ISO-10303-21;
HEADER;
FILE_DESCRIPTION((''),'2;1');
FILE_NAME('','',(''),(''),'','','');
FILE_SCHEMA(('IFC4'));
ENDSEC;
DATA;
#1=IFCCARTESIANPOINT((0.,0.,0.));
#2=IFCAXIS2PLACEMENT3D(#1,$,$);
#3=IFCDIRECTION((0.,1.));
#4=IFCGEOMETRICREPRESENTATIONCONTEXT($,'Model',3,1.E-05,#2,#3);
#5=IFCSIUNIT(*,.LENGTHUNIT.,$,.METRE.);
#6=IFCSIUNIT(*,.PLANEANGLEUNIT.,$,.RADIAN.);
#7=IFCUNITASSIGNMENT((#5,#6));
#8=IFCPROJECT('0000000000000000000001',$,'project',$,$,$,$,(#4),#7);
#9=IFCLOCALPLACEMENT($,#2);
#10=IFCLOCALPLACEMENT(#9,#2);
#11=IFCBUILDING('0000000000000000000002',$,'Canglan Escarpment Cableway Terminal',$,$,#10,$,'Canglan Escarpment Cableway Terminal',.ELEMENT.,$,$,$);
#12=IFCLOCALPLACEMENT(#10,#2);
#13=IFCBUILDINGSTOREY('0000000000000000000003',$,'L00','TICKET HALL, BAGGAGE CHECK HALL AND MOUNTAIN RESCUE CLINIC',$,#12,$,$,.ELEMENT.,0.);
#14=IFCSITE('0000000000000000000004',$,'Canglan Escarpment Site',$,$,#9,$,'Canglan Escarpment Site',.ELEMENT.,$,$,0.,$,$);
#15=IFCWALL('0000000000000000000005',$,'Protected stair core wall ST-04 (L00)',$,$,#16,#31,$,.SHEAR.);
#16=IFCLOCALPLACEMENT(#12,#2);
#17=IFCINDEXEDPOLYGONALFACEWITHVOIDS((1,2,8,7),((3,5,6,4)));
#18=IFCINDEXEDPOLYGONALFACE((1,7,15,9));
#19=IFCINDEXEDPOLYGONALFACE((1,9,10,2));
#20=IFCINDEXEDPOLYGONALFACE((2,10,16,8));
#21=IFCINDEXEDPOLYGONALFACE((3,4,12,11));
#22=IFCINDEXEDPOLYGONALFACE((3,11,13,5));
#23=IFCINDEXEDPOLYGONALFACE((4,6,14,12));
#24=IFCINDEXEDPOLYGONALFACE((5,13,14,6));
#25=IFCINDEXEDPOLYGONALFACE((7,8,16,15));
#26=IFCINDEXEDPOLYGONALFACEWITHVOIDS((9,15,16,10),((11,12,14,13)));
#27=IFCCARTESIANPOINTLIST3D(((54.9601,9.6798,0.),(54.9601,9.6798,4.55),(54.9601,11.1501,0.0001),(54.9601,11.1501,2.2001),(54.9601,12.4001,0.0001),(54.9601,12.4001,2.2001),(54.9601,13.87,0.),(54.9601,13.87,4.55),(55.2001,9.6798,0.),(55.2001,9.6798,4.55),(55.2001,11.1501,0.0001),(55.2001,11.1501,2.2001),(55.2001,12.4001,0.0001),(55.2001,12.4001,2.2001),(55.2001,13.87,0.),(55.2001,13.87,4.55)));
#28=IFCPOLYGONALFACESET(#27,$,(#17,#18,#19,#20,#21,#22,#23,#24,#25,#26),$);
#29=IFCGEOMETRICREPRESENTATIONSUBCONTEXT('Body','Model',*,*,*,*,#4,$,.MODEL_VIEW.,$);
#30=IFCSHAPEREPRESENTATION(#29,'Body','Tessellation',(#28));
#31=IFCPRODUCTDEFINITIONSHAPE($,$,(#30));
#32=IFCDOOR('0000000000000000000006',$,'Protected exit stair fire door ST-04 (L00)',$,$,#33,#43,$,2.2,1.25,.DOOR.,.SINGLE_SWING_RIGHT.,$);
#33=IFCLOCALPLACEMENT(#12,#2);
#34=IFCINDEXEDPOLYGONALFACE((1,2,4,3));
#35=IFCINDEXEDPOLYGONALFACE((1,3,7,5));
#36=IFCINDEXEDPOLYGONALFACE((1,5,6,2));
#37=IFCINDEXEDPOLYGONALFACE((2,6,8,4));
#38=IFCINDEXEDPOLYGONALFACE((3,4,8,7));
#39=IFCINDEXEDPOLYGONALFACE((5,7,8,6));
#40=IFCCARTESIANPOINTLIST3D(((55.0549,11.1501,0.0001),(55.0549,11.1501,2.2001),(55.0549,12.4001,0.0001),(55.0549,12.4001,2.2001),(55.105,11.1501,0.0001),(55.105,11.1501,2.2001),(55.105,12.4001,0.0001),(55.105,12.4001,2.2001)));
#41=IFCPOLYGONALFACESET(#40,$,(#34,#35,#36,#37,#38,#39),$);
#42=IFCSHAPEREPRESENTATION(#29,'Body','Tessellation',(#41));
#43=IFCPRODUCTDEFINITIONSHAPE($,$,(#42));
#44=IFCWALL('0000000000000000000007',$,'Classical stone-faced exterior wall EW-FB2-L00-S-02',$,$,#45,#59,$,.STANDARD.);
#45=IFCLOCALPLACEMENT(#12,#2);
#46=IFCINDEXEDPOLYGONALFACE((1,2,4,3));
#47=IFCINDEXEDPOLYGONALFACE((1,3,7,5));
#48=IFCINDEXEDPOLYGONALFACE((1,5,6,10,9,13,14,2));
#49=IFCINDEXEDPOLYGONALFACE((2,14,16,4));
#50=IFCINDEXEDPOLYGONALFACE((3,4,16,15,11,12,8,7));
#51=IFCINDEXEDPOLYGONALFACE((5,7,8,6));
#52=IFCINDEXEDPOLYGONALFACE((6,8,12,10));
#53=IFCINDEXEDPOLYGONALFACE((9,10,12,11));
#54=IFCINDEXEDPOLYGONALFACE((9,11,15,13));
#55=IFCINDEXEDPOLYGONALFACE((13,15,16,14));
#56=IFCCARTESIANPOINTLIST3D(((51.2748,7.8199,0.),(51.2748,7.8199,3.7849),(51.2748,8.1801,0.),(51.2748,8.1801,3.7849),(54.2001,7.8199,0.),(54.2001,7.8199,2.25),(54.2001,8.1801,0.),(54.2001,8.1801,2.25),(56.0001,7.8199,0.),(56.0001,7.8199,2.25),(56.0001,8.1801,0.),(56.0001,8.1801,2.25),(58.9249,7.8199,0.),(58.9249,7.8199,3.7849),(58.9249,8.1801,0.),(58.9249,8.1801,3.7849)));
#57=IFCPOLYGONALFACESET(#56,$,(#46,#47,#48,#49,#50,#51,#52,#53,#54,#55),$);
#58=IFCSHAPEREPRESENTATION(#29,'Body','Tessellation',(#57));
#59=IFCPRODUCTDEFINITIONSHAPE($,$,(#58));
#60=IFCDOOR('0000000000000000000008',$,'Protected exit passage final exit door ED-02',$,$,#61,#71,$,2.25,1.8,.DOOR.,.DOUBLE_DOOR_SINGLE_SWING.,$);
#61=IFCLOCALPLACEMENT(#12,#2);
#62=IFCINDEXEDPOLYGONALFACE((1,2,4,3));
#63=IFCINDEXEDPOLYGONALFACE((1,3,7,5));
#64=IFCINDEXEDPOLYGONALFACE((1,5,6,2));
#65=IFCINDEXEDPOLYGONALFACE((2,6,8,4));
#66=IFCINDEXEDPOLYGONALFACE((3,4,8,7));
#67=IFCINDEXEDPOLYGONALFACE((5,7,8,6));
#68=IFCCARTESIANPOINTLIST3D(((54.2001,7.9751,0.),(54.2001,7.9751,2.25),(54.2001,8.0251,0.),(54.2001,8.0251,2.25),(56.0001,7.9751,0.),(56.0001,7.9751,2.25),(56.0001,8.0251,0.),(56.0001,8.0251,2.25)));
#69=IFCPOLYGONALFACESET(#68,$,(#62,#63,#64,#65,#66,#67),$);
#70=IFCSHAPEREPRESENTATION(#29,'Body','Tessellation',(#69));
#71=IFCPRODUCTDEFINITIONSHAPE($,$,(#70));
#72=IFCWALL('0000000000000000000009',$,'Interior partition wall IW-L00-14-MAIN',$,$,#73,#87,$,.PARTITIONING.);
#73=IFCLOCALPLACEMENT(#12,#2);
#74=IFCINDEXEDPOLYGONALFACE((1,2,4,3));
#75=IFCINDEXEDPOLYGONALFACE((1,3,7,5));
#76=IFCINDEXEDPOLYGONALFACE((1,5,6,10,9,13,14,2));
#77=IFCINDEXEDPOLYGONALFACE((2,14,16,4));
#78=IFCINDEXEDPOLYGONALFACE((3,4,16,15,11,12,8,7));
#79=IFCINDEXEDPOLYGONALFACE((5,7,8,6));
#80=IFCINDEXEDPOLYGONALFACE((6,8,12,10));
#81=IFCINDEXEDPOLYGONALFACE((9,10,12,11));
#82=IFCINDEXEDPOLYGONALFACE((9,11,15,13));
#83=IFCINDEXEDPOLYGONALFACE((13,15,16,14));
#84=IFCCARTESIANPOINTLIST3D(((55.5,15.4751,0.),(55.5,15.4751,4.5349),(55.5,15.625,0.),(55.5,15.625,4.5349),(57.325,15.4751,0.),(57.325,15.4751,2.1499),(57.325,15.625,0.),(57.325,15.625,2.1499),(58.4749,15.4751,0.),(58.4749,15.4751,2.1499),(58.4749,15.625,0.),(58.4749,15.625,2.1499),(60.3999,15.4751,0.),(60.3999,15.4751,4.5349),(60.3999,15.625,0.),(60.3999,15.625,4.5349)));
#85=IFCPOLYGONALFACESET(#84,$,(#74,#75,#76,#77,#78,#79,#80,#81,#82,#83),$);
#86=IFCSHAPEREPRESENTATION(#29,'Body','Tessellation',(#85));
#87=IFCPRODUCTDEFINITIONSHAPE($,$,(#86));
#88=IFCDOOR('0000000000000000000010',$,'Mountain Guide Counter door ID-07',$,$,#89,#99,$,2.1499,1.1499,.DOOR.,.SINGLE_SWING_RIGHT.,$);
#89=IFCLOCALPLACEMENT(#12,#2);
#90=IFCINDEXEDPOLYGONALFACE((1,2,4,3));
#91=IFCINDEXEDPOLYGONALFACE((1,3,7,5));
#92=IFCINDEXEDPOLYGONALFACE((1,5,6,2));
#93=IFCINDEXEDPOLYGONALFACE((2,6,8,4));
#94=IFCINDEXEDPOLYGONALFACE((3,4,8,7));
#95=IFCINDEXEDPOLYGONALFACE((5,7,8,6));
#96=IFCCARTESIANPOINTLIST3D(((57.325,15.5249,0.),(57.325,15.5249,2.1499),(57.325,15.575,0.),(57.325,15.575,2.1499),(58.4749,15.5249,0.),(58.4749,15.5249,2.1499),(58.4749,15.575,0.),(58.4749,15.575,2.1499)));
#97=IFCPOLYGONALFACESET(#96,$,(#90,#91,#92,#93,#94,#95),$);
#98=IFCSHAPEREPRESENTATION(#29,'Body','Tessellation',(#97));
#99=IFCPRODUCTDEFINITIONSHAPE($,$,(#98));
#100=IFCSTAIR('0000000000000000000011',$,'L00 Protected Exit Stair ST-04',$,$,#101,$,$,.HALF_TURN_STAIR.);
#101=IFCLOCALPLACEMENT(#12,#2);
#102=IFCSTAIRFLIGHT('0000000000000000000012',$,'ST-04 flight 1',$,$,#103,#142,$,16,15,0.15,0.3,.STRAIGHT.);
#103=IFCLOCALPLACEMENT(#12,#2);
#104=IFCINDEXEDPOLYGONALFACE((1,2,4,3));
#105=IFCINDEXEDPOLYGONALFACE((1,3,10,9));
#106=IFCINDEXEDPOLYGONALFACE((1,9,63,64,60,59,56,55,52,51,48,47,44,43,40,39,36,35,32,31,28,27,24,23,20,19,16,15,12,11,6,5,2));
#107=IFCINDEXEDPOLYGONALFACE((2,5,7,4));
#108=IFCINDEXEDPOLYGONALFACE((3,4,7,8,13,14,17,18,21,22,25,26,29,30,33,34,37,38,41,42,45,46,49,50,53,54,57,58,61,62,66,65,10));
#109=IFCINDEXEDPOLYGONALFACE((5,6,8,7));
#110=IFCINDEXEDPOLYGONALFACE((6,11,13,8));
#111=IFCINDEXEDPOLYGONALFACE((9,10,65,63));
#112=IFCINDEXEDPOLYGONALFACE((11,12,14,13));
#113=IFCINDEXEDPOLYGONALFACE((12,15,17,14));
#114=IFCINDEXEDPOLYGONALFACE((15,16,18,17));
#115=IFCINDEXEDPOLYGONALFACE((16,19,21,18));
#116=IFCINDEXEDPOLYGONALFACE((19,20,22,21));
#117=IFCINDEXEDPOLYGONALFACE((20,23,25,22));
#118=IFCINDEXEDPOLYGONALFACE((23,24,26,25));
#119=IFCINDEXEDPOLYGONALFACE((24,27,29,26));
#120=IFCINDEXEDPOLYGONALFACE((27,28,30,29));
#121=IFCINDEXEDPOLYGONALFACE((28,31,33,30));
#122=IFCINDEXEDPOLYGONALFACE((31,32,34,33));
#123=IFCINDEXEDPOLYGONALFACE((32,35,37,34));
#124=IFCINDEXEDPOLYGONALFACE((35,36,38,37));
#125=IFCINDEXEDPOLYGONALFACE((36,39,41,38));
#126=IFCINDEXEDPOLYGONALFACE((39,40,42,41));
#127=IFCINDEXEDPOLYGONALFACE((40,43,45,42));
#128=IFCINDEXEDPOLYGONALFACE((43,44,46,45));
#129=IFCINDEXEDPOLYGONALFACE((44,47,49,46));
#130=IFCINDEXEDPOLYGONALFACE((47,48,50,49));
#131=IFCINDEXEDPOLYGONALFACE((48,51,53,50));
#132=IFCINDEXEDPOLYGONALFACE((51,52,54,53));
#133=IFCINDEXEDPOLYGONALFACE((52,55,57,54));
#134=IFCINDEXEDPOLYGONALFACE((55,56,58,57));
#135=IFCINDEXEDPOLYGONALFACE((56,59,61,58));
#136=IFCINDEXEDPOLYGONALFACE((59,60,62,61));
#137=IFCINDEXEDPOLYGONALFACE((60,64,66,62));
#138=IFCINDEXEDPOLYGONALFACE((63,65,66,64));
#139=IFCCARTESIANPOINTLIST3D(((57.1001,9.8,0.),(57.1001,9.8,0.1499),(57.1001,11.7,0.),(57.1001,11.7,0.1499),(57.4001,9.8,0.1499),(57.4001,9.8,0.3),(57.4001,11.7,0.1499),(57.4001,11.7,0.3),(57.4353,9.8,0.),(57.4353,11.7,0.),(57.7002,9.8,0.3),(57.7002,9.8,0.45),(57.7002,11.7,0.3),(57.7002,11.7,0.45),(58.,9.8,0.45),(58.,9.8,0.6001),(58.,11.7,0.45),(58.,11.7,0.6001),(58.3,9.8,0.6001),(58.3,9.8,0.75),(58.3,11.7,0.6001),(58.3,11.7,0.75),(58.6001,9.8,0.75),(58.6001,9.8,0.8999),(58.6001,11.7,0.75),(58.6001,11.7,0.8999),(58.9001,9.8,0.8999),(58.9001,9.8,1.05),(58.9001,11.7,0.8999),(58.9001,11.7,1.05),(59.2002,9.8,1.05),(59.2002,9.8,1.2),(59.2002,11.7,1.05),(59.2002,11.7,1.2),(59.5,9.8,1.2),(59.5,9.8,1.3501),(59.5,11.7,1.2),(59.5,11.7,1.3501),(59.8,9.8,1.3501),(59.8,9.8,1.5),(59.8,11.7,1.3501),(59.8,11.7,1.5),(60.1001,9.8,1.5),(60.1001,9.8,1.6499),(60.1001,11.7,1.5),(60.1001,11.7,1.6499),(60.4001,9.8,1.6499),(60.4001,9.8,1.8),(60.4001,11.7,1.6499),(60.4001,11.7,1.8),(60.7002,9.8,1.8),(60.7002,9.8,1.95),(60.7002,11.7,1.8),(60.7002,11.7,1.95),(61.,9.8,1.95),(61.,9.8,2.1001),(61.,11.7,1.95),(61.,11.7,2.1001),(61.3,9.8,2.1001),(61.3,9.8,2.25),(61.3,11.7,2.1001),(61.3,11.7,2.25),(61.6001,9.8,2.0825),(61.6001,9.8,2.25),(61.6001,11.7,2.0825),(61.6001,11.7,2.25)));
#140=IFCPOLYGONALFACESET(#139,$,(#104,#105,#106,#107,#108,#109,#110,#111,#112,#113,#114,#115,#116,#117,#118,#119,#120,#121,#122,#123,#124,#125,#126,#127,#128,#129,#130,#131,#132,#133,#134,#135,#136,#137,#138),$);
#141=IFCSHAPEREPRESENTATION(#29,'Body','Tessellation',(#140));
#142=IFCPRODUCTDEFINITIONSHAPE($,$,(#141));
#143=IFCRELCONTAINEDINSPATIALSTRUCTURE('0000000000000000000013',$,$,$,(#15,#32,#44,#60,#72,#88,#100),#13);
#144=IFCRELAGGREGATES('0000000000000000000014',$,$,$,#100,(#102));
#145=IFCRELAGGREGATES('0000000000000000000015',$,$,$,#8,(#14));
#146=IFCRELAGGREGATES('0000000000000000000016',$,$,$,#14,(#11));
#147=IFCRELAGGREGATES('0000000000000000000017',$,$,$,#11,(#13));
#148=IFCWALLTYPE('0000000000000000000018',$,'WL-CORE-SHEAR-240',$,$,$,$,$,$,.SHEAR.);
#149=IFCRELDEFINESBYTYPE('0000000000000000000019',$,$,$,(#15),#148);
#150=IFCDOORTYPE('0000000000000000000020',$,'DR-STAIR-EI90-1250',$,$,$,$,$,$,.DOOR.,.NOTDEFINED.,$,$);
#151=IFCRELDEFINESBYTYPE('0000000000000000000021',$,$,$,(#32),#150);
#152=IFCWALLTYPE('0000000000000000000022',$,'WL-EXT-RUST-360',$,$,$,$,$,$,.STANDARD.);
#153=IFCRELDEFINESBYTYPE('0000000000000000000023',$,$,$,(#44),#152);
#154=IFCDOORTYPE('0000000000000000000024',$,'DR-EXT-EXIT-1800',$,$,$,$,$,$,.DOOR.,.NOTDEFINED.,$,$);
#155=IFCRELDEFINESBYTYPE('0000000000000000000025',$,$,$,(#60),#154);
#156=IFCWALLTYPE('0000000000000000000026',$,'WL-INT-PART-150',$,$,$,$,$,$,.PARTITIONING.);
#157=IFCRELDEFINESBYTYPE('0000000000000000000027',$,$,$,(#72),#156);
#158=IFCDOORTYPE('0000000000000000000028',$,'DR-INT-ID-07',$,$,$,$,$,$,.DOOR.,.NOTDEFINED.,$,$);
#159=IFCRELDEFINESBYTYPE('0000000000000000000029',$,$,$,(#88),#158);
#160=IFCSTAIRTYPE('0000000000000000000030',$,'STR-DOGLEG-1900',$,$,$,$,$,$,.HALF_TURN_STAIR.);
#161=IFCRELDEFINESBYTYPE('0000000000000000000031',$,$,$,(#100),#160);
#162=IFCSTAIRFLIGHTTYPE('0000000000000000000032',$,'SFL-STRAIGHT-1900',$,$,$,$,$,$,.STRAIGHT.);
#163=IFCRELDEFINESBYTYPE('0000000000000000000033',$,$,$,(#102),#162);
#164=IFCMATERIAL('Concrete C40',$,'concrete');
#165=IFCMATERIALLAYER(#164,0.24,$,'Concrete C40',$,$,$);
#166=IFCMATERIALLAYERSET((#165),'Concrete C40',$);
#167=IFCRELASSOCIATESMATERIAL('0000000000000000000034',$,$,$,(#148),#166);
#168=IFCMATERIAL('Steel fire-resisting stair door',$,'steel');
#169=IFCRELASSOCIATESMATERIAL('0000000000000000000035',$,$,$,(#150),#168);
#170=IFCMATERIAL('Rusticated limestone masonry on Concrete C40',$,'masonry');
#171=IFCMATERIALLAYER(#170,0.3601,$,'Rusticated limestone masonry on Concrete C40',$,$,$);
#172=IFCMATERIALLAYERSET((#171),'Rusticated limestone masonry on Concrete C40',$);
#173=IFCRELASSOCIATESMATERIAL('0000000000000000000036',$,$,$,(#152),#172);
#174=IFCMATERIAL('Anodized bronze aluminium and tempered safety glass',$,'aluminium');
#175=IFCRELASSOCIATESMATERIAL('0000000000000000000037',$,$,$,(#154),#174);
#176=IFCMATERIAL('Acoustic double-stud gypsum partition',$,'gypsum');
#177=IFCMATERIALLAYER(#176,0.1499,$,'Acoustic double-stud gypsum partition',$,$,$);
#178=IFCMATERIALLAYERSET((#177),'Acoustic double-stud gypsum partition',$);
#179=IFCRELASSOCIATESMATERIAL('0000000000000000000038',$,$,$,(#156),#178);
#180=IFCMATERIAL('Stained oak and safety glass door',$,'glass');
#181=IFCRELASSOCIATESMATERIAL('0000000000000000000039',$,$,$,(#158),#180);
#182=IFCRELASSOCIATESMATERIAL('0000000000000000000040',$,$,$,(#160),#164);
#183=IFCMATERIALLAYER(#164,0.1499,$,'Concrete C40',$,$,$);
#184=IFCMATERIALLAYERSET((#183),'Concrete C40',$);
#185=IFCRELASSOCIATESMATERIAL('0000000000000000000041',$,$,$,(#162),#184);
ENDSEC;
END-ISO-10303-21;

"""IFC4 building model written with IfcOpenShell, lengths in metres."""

from ifc_helpers import new_model, si_unit, direction, frame, frame_2d, origin, place, context, subcontext, project, spatial, polyline, rectangle, outline, extrude, material, layer, layer_set, type_object, element, fill, aggregate, save


model = new_model("IFC4")

# Units and contexts
model_context = context("Model", 3, precision=1e-05, world=origin(), true_north=direction((0.0, 1.0)))
body_context = subcontext(model_context, "Body", "Model", "MODEL_VIEW")
ifc_project = project(units=[si_unit("LENGTHUNIT", "METRE"), si_unit("PLANEANGLEUNIT", "RADIAN")], contexts=[model_context])

# Site, building, storey
site_placement = place(None, origin())
site = spatial("IfcSite", under=ifc_project, at=site_placement, Name="Canglan Escarpment Site", LongName="Canglan Escarpment Site", CompositionType="ELEMENT", RefElevation=0.0)
building_placement = place(site_placement, origin())
building = spatial("IfcBuilding", under=site, at=building_placement, Name="Canglan Escarpment Cableway Terminal", LongName="Canglan Escarpment Cableway Terminal", CompositionType="ELEMENT")
storey_placement = place(building_placement, origin())
storey = spatial("IfcBuildingStorey", under=building, at=storey_placement, Name="L00", Description="TICKET HALL, BAGGAGE CHECK HALL AND MOUNTAIN RESCUE CLINIC", CompositionType="ELEMENT", Elevation=0.0)

# Shared definitions
ifc_material_1 = material(Name="Concrete C40", Category="concrete")

# Shared definitions
ifc_layer_1 = layer(ifc_material_1, 0.24, Name="Concrete C40")
ifc_layer_set_1 = layer_set([ifc_layer_1], Name="Concrete C40")
wall_type_1 = type_object("IfcWallType", Name="WL-CORE-SHEAR-240", PredefinedType="SHEAR", material=ifc_layer_set_1)

# Walls, openings, doors
wall_1_placement = place(storey_placement, frame((55.0801, 13.8701, 0.0), z_axis=(0.0, 0.0, 1.0), x_axis=(0.0, -1.0, 0.0)))
wall_1 = element("IfcWall", 1, at=wall_1_placement, inside=storey, type_object=wall_type_1, Name="Protected stair core wall ST-04 (L00)", PredefinedType="SHEAR", context=body_context, shape_type="SweptSolid", body=[
    extrude(rectangle(XDim=4.1902, YDim=0.24, at=frame_2d((2.0952, 0.0))), origin(), (0.0, 0.0, 1.0), 4.55),
])
opening_1_placement = place(wall_1_placement, frame((1.47, 0.0, 0.0)))
opening_1 = element("IfcOpeningElement", 2, at=opening_1_placement, cuts=wall_1, PredefinedType="OPENING", context=body_context, shape_type="SweptSolid", body=[
    extrude(rectangle(XDim=1.25, YDim=2.2, at=frame_2d((0.625, 1.1001))), frame((0.0, 0.1299, 0.0), z_axis=(0.0, -1.0, 0.0), x_axis=(1.0, 0.0, 0.0)), (0.0, 0.0, 1.0), 0.26),
])
ifc_material_2 = material(Name="Steel fire-resisting stair door", Category="steel")
door_type_1 = type_object("IfcDoorType", Name="DR-STAIR-EI90-1250", OperationType="NOTDEFINED", PredefinedType="DOOR", material=ifc_material_2)
door_1_placement = place(opening_1_placement, origin())
door_1 = element("IfcDoor", 3, at=door_1_placement, inside=storey, type_object=door_type_1, Name="Protected exit stair fire door ST-04 (L00)", OperationType="SINGLE_SWING_RIGHT", OverallHeight=2.2, OverallWidth=1.25, PredefinedType="DOOR", context=body_context, shape_type="SweptSolid", body=[
    extrude(rectangle(XDim=1.25, YDim=2.2, at=frame_2d((0.625, 1.1001))), frame((0.0, 0.0249, 0.0), z_axis=(0.0, -1.0, 0.0), x_axis=(1.0, 0.0, 0.0)), (0.0, 0.0, 1.0), 0.05),
])
fill(opening_1, door_1)
ifc_material_3 = material(Name="Rusticated limestone masonry on Concrete C40", Category="masonry")
ifc_layer_2 = layer(ifc_material_3, 0.3601, Name="Rusticated limestone masonry on Concrete C40")
ifc_layer_set_2 = layer_set([ifc_layer_2], Name="Rusticated limestone masonry on Concrete C40")
wall_type_2 = type_object("IfcWallType", Name="WL-EXT-RUST-360", PredefinedType="STANDARD", material=ifc_layer_set_2)
wall_2_placement = place(storey_placement, frame((58.925, 8.0, 0.0), z_axis=(0.0, 0.0, 1.0), x_axis=(-1.0, 0.0, 0.0)))
wall_2 = element("IfcWall", 4, at=wall_2_placement, inside=storey, type_object=wall_type_2, Name="Classical stone-faced exterior wall EW-FB2-L00-S-02", PredefinedType="STANDARD", context=body_context, shape_type="SweptSolid", body=[
    extrude(rectangle(XDim=7.6501, YDim=0.3601, at=frame_2d((3.8252, 0.0))), origin(), (0.0, 0.0, 1.0), 3.7849),
])
opening_2_placement = place(wall_2_placement, frame((2.925, 0.0, 0.0)))
opening_2 = element("IfcOpeningElement", 5, at=opening_2_placement, cuts=wall_2, PredefinedType="OPENING", context=body_context, shape_type="SweptSolid", body=[
    extrude(rectangle(XDim=1.8, YDim=2.25, at=frame_2d((0.8999, 1.125))), frame((0.0, 0.1899, 0.0), z_axis=(0.0, -1.0, 0.0), x_axis=(1.0, 0.0, 0.0)), (0.0, 0.0, 1.0), 0.3801),
])
ifc_material_4 = material(Name="Anodized bronze aluminium and tempered safety glass", Category="aluminium")
door_type_2 = type_object("IfcDoorType", Name="DR-EXT-EXIT-1800", OperationType="NOTDEFINED", PredefinedType="DOOR", material=ifc_material_4)
door_2_placement = place(opening_2_placement, origin())
door_2 = element("IfcDoor", 6, at=door_2_placement, inside=storey, type_object=door_type_2, Name="Protected exit passage final exit door ED-02", OperationType="DOUBLE_DOOR_SINGLE_SWING", OverallHeight=2.25, OverallWidth=1.8, PredefinedType="DOOR", context=body_context, shape_type="SweptSolid", body=[
    extrude(rectangle(XDim=1.8, YDim=2.25, at=frame_2d((0.8999, 1.125))), frame((0.0, 0.0249, 0.0), z_axis=(0.0, -1.0, 0.0), x_axis=(1.0, 0.0, 0.0)), (0.0, 0.0, 1.0), 0.05),
])
fill(opening_2, door_2)
ifc_material_5 = material(Name="Acoustic double-stud gypsum partition", Category="gypsum")
ifc_layer_3 = layer(ifc_material_5, 0.1499, Name="Acoustic double-stud gypsum partition")
ifc_layer_set_3 = layer_set([ifc_layer_3], Name="Acoustic double-stud gypsum partition")
wall_type_3 = type_object("IfcWallType", Name="WL-INT-PART-150", PredefinedType="PARTITIONING", material=ifc_layer_set_3)
wall_3_placement = place(storey_placement, frame((55.5, 15.55, 0.0), z_axis=(0.0, 0.0, 1.0), x_axis=(1.0, 0.0, 0.0)))
wall_3 = element("IfcWall", 7, at=wall_3_placement, inside=storey, type_object=wall_type_3, Name="Interior partition wall IW-L00-14-MAIN", PredefinedType="PARTITIONING", context=body_context, shape_type="SweptSolid", body=[
    extrude(rectangle(XDim=4.8999, YDim=0.1499, at=frame_2d((2.45, 0.0))), origin(), (0.0, 0.0, 1.0), 4.5349),
])
opening_3_placement = place(wall_3_placement, frame((1.825, 0.0, 0.0)))
opening_3 = element("IfcOpeningElement", 8, at=opening_3_placement, cuts=wall_3, PredefinedType="OPENING", context=body_context, shape_type="SweptSolid", body=[
    extrude(rectangle(XDim=1.1499, YDim=2.1499, at=frame_2d((0.575, 1.075))), frame((0.0, 0.085, 0.0), z_axis=(0.0, -1.0, 0.0), x_axis=(1.0, 0.0, 0.0)), (0.0, 0.0, 1.0), 0.1699),
])
ifc_material_6 = material(Name="Stained oak and safety glass door", Category="glass")
door_type_3 = type_object("IfcDoorType", Name="DR-INT-ID-07", OperationType="NOTDEFINED", PredefinedType="DOOR", material=ifc_material_6)
door_3_placement = place(opening_3_placement, origin())
door_3 = element("IfcDoor", 9, at=door_3_placement, inside=storey, type_object=door_type_3, Name="Mountain Guide Counter door ID-07", OperationType="SINGLE_SWING_RIGHT", OverallHeight=2.1499, OverallWidth=1.1499, PredefinedType="DOOR", context=body_context, shape_type="SweptSolid", body=[
    extrude(rectangle(XDim=1.1499, YDim=2.1499, at=frame_2d((0.575, 1.075))), frame((0.0, 0.0249, 0.0), z_axis=(0.0, -1.0, 0.0), x_axis=(1.0, 0.0, 0.0)), (0.0, 0.0, 1.0), 0.05),
])
fill(opening_3, door_3)

# Stair, stair flight
stair_type = type_object("IfcStairType", Name="STR-DOGLEG-1900", PredefinedType="HALF_TURN_STAIR", material=ifc_material_1)
stair_placement = place(storey_placement, origin())
stair = element("IfcStair", 10, at=stair_placement, inside=storey, type_object=stair_type, Name="L00 Protected Exit Stair ST-04", PredefinedType="HALF_TURN_STAIR")
ifc_layer_4 = layer(ifc_material_1, 0.1499, Name="Concrete C40")
ifc_layer_set_4 = layer_set([ifc_layer_4], Name="Concrete C40")
stair_flight_type = type_object("IfcStairFlightType", Name="SFL-STRAIGHT-1900", PredefinedType="STRAIGHT", material=ifc_layer_set_4)
stair_flight_1_placement = place(storey_placement, frame((57.1001, 10.75, 0.0), z_axis=(0.0, 0.0, 1.0), x_axis=(1.0, 0.0, 0.0)))
stair_flight_1 = element("IfcStairFlight", 11, at=stair_flight_1_placement, type_object=stair_flight_type, Name="ST-04 flight 1", NumberOfRisers=16, NumberOfTreads=15, PredefinedType="STRAIGHT", RiserHeight=0.15, TreadLength=0.3, context=body_context, shape_type="SweptSolid", body=[
    extrude(outline(polyline([(0.0, 0.0), (0.0, 0.1499), (0.3, 0.1499), (0.3, 0.3), (0.6001, 0.3), (0.6001, 0.45), (0.8999, 0.45), (0.8999, 0.6001), (1.2, 0.6001), (1.2, 0.75), (1.5, 0.75), (1.5, 0.8999), (1.8, 0.8999), (1.8, 1.05), (2.1001, 1.05), (2.1001, 1.2), (2.3999, 1.2), (2.3999, 1.3501), (2.7, 1.3501), (2.7, 1.5), (3.0, 1.5), (3.0, 1.6499), (3.3, 1.6499), (3.3, 1.8), (3.6001, 1.8), (3.6001, 1.95), (3.8999, 1.95), (3.8999, 2.1001), (4.2, 2.1001), (4.2, 2.25), (4.5, 2.25), (4.5, 2.3999), (4.5, 2.0825), (0.3352, 0.0), (0.0, 0.0)])), frame((0.0, 0.95, 0.0), z_axis=(0.0, -1.0, 0.0), x_axis=(1.0, 0.0, 0.0)), (0.0, 0.0, 1.0), 1.8999),
])
aggregate(stair, [stair_flight_1])

save(model, "model.ifc")
